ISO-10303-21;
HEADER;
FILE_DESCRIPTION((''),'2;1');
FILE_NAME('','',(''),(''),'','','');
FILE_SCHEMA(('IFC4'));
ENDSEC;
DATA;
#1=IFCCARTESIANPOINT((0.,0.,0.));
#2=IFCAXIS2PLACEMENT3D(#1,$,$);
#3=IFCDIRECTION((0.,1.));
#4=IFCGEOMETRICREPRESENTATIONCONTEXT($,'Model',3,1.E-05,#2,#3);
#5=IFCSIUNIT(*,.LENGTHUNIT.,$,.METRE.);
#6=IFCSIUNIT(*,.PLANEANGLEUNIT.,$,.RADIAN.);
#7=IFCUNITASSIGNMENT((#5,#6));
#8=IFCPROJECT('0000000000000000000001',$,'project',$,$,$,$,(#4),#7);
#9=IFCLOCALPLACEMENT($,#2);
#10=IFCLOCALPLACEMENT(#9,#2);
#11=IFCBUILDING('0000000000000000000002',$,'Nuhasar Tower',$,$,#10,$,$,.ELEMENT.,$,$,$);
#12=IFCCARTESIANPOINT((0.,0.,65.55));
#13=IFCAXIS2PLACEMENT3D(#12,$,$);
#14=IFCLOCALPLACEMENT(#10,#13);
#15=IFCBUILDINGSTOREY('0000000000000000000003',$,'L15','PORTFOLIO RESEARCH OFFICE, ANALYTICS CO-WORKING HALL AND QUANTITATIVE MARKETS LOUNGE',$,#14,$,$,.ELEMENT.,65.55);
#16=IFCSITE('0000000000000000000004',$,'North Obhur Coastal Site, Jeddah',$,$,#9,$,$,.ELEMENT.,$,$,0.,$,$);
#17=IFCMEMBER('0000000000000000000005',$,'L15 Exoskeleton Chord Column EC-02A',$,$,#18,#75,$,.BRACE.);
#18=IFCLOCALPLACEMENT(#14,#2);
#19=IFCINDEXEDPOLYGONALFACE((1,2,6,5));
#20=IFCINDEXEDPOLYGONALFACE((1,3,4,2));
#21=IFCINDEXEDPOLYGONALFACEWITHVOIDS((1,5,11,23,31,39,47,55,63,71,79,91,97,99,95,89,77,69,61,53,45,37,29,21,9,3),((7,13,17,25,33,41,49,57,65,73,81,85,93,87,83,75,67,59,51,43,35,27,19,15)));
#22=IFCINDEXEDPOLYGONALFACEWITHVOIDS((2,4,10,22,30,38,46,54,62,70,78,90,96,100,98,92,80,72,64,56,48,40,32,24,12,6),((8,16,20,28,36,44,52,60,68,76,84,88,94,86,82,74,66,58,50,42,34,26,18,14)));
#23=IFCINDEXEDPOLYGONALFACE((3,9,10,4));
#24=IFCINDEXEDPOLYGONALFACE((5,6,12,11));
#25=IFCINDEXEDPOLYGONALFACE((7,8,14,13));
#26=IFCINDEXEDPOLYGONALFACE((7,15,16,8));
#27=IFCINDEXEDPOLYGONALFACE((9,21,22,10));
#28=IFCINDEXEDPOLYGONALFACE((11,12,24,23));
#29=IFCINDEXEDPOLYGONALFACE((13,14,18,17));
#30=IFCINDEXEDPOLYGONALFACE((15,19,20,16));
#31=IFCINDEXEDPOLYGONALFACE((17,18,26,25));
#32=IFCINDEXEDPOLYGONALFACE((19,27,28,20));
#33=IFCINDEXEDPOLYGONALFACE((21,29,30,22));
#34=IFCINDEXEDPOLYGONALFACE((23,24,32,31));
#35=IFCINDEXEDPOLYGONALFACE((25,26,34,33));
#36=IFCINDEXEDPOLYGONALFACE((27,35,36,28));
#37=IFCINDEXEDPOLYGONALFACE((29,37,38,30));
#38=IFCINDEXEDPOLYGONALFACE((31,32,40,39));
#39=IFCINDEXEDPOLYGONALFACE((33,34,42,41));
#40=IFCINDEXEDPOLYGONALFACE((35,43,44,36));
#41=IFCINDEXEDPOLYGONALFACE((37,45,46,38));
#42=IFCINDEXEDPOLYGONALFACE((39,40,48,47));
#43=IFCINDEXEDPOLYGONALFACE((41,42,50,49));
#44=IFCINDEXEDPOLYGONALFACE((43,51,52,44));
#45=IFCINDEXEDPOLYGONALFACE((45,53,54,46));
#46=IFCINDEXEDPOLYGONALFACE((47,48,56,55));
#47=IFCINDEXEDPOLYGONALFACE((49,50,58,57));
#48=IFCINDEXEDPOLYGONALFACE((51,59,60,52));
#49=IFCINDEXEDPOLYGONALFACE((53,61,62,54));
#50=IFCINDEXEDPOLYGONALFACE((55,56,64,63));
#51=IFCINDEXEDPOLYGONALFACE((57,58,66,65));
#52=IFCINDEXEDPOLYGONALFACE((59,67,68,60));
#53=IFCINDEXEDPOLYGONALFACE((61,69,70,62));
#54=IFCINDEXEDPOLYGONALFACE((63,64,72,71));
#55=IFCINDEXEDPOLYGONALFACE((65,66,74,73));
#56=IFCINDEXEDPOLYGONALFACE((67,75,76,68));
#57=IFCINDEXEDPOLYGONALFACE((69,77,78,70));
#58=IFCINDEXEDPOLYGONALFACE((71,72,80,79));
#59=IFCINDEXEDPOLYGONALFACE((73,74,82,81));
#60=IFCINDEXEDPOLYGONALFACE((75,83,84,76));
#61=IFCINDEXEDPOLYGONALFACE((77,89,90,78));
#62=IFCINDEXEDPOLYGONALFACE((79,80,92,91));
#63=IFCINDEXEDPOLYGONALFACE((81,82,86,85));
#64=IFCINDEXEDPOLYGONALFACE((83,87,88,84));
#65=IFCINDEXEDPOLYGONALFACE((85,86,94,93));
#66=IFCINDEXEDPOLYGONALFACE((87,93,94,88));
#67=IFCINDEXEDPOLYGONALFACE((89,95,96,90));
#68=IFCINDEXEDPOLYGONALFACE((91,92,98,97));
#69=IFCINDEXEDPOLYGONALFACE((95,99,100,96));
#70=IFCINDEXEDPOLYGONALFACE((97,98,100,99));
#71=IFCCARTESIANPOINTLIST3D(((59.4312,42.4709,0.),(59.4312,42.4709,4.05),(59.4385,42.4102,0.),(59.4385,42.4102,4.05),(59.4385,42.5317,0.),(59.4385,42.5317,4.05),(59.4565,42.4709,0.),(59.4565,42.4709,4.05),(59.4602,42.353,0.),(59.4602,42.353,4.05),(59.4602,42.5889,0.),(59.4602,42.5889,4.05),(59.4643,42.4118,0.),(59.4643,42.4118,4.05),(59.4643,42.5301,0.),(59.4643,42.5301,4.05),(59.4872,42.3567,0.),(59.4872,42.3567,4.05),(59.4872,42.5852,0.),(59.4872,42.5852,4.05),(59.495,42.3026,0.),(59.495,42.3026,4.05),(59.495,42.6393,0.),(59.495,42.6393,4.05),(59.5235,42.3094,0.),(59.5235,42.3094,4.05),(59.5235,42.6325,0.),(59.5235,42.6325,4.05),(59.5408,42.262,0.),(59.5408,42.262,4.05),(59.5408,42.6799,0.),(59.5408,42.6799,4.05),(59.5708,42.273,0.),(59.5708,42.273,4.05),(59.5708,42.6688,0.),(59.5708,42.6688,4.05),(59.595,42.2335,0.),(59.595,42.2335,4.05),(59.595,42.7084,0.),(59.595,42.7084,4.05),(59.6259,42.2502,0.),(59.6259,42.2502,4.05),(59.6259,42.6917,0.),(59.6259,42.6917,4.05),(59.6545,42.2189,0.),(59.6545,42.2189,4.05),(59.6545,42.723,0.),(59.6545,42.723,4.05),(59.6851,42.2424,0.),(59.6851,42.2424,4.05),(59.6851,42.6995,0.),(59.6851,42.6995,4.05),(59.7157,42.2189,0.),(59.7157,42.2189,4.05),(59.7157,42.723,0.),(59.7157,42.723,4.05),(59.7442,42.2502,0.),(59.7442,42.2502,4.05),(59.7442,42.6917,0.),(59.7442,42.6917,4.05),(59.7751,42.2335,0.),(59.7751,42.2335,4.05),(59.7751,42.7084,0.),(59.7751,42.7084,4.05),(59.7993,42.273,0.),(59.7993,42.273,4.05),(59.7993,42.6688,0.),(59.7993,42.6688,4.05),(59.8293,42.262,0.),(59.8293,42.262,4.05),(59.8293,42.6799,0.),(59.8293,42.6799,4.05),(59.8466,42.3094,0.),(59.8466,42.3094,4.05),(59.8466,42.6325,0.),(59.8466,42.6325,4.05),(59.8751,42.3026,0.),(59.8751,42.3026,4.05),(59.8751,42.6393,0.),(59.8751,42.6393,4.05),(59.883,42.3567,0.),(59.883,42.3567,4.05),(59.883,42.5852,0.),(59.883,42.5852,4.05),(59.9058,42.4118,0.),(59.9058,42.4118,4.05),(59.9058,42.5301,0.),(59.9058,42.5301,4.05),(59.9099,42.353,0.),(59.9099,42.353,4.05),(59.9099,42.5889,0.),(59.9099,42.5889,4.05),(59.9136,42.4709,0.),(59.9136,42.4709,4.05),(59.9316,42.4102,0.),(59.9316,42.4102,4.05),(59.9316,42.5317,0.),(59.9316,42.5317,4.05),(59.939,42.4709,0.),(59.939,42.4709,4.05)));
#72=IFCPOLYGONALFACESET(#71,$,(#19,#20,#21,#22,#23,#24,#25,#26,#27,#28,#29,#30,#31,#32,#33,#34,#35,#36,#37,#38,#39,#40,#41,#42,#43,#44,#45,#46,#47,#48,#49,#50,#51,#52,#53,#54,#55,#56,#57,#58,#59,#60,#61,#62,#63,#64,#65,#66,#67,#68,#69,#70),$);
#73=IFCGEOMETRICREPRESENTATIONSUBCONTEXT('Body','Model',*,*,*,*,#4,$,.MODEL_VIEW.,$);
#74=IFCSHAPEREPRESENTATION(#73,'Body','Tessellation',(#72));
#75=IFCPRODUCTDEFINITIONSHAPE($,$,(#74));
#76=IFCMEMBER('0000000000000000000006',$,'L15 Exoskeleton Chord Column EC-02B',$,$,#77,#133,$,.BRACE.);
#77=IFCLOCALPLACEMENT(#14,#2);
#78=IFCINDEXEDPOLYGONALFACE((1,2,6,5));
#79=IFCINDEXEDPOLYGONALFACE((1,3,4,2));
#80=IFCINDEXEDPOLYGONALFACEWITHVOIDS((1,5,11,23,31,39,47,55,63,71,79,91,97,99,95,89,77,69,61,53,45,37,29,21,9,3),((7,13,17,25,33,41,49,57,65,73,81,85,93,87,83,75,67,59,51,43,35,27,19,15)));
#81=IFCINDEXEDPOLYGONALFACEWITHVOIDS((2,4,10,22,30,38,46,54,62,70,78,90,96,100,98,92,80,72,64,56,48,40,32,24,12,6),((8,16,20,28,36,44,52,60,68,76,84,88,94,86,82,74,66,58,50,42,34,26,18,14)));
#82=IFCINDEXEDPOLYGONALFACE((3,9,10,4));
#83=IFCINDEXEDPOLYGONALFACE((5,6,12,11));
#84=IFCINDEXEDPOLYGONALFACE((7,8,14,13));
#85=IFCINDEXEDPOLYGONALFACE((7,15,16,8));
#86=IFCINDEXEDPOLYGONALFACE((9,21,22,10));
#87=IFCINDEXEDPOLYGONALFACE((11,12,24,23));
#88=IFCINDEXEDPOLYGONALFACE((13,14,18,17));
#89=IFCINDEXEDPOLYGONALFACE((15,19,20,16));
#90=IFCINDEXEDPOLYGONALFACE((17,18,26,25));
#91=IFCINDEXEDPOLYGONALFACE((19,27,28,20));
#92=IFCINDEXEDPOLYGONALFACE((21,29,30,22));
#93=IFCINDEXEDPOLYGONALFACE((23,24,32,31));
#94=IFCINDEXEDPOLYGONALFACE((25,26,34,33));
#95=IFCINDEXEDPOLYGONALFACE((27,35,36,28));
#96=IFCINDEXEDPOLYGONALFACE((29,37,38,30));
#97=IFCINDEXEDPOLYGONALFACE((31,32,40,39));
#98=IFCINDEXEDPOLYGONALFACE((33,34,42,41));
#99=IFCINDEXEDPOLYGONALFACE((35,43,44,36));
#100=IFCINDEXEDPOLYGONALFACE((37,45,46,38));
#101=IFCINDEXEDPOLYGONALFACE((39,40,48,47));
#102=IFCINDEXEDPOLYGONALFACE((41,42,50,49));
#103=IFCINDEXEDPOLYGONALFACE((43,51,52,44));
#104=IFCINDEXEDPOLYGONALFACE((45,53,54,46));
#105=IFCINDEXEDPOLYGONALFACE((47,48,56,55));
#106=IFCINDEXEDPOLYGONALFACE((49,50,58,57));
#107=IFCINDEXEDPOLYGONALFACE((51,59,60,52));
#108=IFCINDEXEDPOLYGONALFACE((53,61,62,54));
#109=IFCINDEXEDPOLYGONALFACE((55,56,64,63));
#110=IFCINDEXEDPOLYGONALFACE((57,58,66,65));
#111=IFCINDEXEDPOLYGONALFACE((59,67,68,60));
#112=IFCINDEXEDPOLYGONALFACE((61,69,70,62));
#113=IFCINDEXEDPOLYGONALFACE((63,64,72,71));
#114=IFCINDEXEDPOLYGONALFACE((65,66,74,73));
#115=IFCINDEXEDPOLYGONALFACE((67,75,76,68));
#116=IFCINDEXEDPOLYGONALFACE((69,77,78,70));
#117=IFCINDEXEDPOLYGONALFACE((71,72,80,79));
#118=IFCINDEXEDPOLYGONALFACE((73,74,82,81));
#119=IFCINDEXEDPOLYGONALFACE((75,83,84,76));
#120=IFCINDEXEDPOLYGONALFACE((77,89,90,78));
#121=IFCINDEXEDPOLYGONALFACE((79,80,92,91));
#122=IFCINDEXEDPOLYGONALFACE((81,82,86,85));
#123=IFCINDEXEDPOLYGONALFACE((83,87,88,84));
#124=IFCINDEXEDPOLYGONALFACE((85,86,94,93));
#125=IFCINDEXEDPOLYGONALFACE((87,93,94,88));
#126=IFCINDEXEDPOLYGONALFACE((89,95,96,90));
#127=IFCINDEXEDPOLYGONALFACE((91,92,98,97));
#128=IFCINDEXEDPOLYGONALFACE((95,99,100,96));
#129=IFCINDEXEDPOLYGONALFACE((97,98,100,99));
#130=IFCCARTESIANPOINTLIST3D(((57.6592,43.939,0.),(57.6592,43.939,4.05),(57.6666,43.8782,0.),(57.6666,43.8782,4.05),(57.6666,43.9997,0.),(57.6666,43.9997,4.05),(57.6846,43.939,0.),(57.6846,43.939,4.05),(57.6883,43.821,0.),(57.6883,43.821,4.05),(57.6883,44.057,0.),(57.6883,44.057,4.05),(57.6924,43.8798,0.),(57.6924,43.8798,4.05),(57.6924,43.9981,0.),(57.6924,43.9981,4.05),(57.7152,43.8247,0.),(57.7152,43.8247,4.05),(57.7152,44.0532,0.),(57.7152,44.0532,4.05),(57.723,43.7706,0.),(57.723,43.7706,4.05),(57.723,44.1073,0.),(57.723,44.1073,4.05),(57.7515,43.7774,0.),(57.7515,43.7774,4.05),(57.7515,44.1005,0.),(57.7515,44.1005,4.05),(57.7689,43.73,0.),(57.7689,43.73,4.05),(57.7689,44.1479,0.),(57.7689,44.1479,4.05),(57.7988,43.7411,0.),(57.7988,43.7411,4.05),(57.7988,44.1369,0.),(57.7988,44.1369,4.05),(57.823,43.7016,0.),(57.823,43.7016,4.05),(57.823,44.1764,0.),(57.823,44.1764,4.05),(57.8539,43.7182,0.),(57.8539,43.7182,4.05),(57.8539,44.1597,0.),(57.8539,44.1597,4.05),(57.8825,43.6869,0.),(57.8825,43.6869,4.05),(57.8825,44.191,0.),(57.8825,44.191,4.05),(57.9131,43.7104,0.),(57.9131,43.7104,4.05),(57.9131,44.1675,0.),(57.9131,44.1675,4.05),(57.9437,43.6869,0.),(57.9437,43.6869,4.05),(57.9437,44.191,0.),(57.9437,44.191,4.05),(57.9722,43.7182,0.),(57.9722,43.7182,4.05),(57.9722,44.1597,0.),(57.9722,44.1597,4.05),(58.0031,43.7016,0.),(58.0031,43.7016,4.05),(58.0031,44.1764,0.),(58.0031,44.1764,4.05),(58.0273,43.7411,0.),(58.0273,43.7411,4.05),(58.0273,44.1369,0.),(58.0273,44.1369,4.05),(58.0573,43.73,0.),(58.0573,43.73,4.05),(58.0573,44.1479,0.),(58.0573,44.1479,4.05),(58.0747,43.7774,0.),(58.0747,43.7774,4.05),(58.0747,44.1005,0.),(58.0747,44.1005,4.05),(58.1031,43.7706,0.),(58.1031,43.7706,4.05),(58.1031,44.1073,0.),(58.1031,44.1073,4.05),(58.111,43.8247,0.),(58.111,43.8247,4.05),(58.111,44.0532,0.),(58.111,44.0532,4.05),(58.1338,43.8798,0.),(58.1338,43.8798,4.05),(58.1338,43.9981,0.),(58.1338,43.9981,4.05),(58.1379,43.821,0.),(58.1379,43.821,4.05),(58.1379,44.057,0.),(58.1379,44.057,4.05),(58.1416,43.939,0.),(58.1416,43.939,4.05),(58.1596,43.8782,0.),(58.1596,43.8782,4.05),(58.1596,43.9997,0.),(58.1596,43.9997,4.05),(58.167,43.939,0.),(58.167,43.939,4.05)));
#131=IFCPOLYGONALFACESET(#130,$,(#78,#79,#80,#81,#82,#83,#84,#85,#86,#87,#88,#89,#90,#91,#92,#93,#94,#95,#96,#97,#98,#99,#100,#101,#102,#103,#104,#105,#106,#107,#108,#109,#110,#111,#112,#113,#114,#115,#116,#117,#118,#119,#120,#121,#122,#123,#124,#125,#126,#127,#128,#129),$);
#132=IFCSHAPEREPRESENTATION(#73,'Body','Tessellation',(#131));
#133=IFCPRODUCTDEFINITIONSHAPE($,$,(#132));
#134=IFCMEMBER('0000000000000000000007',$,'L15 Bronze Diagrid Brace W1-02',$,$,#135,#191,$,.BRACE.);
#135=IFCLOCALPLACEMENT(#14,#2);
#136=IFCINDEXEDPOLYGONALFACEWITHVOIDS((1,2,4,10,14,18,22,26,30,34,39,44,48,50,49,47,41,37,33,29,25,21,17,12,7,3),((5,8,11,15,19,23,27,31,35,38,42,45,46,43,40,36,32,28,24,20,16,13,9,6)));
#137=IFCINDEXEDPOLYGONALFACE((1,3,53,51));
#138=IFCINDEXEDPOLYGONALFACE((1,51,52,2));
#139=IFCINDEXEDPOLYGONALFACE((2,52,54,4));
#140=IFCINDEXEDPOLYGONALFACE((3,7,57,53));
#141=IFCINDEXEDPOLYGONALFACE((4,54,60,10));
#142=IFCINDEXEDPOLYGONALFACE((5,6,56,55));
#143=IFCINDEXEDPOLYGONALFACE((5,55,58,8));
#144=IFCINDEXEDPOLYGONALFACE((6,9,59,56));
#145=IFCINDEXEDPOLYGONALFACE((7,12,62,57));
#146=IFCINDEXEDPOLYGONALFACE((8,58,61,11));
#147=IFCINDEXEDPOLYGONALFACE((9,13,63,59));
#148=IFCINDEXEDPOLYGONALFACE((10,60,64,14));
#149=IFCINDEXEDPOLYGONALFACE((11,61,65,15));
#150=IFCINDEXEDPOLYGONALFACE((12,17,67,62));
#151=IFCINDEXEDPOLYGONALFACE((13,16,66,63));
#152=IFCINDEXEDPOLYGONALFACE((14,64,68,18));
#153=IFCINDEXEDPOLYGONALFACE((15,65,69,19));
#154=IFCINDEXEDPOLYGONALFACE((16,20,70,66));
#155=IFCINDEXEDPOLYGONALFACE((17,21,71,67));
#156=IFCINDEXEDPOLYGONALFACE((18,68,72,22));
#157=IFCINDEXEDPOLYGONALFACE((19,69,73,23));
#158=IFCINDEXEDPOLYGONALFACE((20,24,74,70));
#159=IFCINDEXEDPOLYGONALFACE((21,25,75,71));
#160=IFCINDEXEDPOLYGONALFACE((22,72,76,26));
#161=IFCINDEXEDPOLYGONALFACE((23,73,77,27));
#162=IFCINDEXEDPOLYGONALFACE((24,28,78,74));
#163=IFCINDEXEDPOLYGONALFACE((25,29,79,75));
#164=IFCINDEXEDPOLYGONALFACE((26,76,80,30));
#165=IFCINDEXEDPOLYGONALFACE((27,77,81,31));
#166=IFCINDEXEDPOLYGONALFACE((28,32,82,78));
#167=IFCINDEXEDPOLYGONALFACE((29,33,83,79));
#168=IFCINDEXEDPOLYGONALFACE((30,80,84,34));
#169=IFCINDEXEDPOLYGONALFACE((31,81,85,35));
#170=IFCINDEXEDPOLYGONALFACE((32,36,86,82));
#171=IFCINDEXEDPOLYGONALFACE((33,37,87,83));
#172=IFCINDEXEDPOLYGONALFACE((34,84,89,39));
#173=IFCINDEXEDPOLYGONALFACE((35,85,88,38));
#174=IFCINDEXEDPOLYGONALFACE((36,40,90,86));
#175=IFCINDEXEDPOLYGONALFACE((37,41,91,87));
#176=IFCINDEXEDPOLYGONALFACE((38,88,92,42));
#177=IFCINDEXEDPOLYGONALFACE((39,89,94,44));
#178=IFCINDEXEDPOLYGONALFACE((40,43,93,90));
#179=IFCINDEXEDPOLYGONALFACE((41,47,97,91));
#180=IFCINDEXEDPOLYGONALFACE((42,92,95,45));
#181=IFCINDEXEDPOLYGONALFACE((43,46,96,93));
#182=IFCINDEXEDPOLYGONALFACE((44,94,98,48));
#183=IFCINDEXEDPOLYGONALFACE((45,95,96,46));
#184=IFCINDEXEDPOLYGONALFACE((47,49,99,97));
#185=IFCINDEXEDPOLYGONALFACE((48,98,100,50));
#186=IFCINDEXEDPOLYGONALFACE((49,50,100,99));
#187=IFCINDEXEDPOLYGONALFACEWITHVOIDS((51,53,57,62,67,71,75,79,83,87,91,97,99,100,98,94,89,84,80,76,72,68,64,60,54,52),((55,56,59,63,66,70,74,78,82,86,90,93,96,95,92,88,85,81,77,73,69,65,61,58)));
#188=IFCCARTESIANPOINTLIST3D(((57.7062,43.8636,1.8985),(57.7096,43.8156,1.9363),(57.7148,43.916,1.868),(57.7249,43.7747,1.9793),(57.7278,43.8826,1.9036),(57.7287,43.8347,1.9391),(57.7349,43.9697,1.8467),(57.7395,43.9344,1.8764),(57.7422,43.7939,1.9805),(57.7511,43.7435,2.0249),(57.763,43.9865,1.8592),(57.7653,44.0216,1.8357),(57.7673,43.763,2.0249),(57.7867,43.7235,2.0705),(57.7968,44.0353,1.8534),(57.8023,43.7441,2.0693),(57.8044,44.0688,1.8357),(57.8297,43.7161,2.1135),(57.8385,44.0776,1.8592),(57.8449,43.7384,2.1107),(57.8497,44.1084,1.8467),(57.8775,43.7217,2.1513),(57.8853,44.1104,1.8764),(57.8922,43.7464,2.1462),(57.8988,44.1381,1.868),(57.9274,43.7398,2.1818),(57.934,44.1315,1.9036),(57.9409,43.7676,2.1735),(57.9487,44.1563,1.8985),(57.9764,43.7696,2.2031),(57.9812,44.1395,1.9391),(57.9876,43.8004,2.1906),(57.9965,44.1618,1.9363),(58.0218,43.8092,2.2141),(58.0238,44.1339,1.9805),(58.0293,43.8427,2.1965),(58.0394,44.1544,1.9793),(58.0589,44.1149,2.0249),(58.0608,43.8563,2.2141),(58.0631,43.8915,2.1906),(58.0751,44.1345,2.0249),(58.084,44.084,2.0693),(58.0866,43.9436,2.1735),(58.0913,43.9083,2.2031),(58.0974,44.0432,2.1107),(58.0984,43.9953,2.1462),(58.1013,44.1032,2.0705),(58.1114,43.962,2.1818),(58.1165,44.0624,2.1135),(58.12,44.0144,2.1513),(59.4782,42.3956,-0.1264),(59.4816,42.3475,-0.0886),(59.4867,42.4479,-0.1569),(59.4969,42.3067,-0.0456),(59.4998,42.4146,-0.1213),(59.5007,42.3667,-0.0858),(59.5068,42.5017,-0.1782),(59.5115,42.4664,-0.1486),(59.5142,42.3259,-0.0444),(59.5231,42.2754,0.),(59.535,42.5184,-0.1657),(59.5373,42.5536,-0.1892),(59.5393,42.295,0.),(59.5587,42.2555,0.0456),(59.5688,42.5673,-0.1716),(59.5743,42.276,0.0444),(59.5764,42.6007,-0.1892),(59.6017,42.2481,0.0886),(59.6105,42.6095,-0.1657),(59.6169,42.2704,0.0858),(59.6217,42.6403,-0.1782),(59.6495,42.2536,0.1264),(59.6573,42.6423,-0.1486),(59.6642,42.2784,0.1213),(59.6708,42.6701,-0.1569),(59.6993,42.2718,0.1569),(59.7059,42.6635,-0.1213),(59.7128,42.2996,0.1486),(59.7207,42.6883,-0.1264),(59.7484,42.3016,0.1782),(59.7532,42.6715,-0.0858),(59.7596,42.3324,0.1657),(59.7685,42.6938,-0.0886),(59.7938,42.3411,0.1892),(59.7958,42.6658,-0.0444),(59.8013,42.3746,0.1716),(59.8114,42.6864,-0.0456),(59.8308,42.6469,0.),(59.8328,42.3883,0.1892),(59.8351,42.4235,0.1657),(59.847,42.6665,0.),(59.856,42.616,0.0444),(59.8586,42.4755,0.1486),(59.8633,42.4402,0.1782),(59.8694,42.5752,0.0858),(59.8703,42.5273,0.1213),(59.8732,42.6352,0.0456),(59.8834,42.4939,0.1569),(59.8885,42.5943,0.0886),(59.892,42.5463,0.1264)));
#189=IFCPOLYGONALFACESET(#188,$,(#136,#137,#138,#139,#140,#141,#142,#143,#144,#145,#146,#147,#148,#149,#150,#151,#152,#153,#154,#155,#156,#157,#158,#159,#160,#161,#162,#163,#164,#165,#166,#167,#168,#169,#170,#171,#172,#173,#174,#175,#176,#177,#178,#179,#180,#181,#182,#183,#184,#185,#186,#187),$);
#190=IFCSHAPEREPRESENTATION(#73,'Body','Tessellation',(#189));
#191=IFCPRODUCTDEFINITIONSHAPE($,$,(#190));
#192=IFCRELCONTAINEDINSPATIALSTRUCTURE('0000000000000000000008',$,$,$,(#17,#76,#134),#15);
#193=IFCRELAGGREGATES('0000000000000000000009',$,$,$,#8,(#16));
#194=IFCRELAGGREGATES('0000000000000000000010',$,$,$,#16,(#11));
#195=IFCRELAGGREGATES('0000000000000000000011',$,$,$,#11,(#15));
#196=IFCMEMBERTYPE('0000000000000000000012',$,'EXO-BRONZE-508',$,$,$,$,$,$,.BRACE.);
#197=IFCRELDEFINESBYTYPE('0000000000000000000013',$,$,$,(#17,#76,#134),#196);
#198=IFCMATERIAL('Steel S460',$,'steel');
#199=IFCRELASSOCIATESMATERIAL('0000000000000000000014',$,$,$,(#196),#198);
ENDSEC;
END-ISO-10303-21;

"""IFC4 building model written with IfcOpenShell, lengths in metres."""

from ifc_helpers import new_model, si_unit, direction, frame, origin, origin_2d, place, context, subcontext, project, spatial, hollow_circle, extrude, material, material_profile, profile_set, type_object, element, save


model = new_model("IFC4")

# Units and contexts
model_context = context("Model", 3, precision=1e-05, world=origin(), true_north=direction((0.0, 1.0)))
body_context = subcontext(model_context, "Body", "Model", "MODEL_VIEW")
ifc_project = project(units=[si_unit("LENGTHUNIT", "METRE"), si_unit("PLANEANGLEUNIT", "RADIAN")], contexts=[model_context])

# Site, building, storey
site_placement = place(None, origin())
site = spatial("IfcSite", under=ifc_project, at=site_placement, Name="North Obhur Coastal Site, Jeddah", CompositionType="ELEMENT", RefElevation=0.0)
building_placement = place(site_placement, origin())
building = spatial("IfcBuilding", under=site, at=building_placement, Name="Nuhasar Tower", CompositionType="ELEMENT")
storey_placement = place(building_placement, frame((0.0, 0.0, 65.55)))
storey = spatial("IfcBuildingStorey", under=building, at=storey_placement, Name="L15", Description="PORTFOLIO RESEARCH OFFICE, ANALYTICS CO-WORKING HALL AND QUANTITATIVE MARKETS LOUNGE", CompositionType="ELEMENT", Elevation=65.55)

# Members
ifc_material_1 = material(Name="Steel S460", Category="steel")
ifc_material_profile_1 = material_profile(ifc_material_1, hollow_circle(Radius=0.2539, WallThickness=0.0254, at=origin_2d()), Name="HSS508X25.4")
ifc_profile_set_1 = profile_set([ifc_material_profile_1], Name="Steel S460")
member_type_1 = type_object("IfcMemberType", Name="EXO-BRONZE-508", PredefinedType="BRACE", material=ifc_profile_set_1)
for number, where, z_axis, x_axis, name in (
    (1, (59.6851, 42.4709, 0.0), (0.0, 0.0, 1.0), (1.0, 0.0, 0.0), "L15 Exoskeleton Chord Column EC-02A"),
    (2, (57.9131, 43.939, 0.0), (0.0, 0.0, 1.0), (1.0, 0.0, 0.0), "L15 Exoskeleton Chord Column EC-02B"),
):
    element("IfcMember", number, at=place(storey_placement, frame(where, z_axis=z_axis, x_axis=x_axis)), inside=storey, type_object=member_type_1, Name=name, PredefinedType="BRACE", context=body_context, shape_type="SweptSolid", body=[
        extrude(hollow_circle(Radius=0.2539, WallThickness=0.0254, at=origin_2d()), origin(), (0.0, 0.0, 1.0), 4.05),
    ])
member_1_placement = place(storey_placement, frame((59.6851, 42.4709, 0.0), z_axis=(-0.578102, 0.478937, 0.660619), x_axis=(-0.637969, -0.770062, 0.0)))
element("IfcMember", 3, at=member_1_placement, inside=storey, type_object=member_type_1, Name="L15 Bronze Diagrid Brace W1-02", PredefinedType="BRACE", context=body_context, shape_type="SweptSolid", body=[
    extrude(hollow_circle(Radius=0.2539, WallThickness=0.0254, at=origin_2d()), origin(), (0.0, 0.0, 1.0), 3.0652),
])

save(model, "model.ifc")
